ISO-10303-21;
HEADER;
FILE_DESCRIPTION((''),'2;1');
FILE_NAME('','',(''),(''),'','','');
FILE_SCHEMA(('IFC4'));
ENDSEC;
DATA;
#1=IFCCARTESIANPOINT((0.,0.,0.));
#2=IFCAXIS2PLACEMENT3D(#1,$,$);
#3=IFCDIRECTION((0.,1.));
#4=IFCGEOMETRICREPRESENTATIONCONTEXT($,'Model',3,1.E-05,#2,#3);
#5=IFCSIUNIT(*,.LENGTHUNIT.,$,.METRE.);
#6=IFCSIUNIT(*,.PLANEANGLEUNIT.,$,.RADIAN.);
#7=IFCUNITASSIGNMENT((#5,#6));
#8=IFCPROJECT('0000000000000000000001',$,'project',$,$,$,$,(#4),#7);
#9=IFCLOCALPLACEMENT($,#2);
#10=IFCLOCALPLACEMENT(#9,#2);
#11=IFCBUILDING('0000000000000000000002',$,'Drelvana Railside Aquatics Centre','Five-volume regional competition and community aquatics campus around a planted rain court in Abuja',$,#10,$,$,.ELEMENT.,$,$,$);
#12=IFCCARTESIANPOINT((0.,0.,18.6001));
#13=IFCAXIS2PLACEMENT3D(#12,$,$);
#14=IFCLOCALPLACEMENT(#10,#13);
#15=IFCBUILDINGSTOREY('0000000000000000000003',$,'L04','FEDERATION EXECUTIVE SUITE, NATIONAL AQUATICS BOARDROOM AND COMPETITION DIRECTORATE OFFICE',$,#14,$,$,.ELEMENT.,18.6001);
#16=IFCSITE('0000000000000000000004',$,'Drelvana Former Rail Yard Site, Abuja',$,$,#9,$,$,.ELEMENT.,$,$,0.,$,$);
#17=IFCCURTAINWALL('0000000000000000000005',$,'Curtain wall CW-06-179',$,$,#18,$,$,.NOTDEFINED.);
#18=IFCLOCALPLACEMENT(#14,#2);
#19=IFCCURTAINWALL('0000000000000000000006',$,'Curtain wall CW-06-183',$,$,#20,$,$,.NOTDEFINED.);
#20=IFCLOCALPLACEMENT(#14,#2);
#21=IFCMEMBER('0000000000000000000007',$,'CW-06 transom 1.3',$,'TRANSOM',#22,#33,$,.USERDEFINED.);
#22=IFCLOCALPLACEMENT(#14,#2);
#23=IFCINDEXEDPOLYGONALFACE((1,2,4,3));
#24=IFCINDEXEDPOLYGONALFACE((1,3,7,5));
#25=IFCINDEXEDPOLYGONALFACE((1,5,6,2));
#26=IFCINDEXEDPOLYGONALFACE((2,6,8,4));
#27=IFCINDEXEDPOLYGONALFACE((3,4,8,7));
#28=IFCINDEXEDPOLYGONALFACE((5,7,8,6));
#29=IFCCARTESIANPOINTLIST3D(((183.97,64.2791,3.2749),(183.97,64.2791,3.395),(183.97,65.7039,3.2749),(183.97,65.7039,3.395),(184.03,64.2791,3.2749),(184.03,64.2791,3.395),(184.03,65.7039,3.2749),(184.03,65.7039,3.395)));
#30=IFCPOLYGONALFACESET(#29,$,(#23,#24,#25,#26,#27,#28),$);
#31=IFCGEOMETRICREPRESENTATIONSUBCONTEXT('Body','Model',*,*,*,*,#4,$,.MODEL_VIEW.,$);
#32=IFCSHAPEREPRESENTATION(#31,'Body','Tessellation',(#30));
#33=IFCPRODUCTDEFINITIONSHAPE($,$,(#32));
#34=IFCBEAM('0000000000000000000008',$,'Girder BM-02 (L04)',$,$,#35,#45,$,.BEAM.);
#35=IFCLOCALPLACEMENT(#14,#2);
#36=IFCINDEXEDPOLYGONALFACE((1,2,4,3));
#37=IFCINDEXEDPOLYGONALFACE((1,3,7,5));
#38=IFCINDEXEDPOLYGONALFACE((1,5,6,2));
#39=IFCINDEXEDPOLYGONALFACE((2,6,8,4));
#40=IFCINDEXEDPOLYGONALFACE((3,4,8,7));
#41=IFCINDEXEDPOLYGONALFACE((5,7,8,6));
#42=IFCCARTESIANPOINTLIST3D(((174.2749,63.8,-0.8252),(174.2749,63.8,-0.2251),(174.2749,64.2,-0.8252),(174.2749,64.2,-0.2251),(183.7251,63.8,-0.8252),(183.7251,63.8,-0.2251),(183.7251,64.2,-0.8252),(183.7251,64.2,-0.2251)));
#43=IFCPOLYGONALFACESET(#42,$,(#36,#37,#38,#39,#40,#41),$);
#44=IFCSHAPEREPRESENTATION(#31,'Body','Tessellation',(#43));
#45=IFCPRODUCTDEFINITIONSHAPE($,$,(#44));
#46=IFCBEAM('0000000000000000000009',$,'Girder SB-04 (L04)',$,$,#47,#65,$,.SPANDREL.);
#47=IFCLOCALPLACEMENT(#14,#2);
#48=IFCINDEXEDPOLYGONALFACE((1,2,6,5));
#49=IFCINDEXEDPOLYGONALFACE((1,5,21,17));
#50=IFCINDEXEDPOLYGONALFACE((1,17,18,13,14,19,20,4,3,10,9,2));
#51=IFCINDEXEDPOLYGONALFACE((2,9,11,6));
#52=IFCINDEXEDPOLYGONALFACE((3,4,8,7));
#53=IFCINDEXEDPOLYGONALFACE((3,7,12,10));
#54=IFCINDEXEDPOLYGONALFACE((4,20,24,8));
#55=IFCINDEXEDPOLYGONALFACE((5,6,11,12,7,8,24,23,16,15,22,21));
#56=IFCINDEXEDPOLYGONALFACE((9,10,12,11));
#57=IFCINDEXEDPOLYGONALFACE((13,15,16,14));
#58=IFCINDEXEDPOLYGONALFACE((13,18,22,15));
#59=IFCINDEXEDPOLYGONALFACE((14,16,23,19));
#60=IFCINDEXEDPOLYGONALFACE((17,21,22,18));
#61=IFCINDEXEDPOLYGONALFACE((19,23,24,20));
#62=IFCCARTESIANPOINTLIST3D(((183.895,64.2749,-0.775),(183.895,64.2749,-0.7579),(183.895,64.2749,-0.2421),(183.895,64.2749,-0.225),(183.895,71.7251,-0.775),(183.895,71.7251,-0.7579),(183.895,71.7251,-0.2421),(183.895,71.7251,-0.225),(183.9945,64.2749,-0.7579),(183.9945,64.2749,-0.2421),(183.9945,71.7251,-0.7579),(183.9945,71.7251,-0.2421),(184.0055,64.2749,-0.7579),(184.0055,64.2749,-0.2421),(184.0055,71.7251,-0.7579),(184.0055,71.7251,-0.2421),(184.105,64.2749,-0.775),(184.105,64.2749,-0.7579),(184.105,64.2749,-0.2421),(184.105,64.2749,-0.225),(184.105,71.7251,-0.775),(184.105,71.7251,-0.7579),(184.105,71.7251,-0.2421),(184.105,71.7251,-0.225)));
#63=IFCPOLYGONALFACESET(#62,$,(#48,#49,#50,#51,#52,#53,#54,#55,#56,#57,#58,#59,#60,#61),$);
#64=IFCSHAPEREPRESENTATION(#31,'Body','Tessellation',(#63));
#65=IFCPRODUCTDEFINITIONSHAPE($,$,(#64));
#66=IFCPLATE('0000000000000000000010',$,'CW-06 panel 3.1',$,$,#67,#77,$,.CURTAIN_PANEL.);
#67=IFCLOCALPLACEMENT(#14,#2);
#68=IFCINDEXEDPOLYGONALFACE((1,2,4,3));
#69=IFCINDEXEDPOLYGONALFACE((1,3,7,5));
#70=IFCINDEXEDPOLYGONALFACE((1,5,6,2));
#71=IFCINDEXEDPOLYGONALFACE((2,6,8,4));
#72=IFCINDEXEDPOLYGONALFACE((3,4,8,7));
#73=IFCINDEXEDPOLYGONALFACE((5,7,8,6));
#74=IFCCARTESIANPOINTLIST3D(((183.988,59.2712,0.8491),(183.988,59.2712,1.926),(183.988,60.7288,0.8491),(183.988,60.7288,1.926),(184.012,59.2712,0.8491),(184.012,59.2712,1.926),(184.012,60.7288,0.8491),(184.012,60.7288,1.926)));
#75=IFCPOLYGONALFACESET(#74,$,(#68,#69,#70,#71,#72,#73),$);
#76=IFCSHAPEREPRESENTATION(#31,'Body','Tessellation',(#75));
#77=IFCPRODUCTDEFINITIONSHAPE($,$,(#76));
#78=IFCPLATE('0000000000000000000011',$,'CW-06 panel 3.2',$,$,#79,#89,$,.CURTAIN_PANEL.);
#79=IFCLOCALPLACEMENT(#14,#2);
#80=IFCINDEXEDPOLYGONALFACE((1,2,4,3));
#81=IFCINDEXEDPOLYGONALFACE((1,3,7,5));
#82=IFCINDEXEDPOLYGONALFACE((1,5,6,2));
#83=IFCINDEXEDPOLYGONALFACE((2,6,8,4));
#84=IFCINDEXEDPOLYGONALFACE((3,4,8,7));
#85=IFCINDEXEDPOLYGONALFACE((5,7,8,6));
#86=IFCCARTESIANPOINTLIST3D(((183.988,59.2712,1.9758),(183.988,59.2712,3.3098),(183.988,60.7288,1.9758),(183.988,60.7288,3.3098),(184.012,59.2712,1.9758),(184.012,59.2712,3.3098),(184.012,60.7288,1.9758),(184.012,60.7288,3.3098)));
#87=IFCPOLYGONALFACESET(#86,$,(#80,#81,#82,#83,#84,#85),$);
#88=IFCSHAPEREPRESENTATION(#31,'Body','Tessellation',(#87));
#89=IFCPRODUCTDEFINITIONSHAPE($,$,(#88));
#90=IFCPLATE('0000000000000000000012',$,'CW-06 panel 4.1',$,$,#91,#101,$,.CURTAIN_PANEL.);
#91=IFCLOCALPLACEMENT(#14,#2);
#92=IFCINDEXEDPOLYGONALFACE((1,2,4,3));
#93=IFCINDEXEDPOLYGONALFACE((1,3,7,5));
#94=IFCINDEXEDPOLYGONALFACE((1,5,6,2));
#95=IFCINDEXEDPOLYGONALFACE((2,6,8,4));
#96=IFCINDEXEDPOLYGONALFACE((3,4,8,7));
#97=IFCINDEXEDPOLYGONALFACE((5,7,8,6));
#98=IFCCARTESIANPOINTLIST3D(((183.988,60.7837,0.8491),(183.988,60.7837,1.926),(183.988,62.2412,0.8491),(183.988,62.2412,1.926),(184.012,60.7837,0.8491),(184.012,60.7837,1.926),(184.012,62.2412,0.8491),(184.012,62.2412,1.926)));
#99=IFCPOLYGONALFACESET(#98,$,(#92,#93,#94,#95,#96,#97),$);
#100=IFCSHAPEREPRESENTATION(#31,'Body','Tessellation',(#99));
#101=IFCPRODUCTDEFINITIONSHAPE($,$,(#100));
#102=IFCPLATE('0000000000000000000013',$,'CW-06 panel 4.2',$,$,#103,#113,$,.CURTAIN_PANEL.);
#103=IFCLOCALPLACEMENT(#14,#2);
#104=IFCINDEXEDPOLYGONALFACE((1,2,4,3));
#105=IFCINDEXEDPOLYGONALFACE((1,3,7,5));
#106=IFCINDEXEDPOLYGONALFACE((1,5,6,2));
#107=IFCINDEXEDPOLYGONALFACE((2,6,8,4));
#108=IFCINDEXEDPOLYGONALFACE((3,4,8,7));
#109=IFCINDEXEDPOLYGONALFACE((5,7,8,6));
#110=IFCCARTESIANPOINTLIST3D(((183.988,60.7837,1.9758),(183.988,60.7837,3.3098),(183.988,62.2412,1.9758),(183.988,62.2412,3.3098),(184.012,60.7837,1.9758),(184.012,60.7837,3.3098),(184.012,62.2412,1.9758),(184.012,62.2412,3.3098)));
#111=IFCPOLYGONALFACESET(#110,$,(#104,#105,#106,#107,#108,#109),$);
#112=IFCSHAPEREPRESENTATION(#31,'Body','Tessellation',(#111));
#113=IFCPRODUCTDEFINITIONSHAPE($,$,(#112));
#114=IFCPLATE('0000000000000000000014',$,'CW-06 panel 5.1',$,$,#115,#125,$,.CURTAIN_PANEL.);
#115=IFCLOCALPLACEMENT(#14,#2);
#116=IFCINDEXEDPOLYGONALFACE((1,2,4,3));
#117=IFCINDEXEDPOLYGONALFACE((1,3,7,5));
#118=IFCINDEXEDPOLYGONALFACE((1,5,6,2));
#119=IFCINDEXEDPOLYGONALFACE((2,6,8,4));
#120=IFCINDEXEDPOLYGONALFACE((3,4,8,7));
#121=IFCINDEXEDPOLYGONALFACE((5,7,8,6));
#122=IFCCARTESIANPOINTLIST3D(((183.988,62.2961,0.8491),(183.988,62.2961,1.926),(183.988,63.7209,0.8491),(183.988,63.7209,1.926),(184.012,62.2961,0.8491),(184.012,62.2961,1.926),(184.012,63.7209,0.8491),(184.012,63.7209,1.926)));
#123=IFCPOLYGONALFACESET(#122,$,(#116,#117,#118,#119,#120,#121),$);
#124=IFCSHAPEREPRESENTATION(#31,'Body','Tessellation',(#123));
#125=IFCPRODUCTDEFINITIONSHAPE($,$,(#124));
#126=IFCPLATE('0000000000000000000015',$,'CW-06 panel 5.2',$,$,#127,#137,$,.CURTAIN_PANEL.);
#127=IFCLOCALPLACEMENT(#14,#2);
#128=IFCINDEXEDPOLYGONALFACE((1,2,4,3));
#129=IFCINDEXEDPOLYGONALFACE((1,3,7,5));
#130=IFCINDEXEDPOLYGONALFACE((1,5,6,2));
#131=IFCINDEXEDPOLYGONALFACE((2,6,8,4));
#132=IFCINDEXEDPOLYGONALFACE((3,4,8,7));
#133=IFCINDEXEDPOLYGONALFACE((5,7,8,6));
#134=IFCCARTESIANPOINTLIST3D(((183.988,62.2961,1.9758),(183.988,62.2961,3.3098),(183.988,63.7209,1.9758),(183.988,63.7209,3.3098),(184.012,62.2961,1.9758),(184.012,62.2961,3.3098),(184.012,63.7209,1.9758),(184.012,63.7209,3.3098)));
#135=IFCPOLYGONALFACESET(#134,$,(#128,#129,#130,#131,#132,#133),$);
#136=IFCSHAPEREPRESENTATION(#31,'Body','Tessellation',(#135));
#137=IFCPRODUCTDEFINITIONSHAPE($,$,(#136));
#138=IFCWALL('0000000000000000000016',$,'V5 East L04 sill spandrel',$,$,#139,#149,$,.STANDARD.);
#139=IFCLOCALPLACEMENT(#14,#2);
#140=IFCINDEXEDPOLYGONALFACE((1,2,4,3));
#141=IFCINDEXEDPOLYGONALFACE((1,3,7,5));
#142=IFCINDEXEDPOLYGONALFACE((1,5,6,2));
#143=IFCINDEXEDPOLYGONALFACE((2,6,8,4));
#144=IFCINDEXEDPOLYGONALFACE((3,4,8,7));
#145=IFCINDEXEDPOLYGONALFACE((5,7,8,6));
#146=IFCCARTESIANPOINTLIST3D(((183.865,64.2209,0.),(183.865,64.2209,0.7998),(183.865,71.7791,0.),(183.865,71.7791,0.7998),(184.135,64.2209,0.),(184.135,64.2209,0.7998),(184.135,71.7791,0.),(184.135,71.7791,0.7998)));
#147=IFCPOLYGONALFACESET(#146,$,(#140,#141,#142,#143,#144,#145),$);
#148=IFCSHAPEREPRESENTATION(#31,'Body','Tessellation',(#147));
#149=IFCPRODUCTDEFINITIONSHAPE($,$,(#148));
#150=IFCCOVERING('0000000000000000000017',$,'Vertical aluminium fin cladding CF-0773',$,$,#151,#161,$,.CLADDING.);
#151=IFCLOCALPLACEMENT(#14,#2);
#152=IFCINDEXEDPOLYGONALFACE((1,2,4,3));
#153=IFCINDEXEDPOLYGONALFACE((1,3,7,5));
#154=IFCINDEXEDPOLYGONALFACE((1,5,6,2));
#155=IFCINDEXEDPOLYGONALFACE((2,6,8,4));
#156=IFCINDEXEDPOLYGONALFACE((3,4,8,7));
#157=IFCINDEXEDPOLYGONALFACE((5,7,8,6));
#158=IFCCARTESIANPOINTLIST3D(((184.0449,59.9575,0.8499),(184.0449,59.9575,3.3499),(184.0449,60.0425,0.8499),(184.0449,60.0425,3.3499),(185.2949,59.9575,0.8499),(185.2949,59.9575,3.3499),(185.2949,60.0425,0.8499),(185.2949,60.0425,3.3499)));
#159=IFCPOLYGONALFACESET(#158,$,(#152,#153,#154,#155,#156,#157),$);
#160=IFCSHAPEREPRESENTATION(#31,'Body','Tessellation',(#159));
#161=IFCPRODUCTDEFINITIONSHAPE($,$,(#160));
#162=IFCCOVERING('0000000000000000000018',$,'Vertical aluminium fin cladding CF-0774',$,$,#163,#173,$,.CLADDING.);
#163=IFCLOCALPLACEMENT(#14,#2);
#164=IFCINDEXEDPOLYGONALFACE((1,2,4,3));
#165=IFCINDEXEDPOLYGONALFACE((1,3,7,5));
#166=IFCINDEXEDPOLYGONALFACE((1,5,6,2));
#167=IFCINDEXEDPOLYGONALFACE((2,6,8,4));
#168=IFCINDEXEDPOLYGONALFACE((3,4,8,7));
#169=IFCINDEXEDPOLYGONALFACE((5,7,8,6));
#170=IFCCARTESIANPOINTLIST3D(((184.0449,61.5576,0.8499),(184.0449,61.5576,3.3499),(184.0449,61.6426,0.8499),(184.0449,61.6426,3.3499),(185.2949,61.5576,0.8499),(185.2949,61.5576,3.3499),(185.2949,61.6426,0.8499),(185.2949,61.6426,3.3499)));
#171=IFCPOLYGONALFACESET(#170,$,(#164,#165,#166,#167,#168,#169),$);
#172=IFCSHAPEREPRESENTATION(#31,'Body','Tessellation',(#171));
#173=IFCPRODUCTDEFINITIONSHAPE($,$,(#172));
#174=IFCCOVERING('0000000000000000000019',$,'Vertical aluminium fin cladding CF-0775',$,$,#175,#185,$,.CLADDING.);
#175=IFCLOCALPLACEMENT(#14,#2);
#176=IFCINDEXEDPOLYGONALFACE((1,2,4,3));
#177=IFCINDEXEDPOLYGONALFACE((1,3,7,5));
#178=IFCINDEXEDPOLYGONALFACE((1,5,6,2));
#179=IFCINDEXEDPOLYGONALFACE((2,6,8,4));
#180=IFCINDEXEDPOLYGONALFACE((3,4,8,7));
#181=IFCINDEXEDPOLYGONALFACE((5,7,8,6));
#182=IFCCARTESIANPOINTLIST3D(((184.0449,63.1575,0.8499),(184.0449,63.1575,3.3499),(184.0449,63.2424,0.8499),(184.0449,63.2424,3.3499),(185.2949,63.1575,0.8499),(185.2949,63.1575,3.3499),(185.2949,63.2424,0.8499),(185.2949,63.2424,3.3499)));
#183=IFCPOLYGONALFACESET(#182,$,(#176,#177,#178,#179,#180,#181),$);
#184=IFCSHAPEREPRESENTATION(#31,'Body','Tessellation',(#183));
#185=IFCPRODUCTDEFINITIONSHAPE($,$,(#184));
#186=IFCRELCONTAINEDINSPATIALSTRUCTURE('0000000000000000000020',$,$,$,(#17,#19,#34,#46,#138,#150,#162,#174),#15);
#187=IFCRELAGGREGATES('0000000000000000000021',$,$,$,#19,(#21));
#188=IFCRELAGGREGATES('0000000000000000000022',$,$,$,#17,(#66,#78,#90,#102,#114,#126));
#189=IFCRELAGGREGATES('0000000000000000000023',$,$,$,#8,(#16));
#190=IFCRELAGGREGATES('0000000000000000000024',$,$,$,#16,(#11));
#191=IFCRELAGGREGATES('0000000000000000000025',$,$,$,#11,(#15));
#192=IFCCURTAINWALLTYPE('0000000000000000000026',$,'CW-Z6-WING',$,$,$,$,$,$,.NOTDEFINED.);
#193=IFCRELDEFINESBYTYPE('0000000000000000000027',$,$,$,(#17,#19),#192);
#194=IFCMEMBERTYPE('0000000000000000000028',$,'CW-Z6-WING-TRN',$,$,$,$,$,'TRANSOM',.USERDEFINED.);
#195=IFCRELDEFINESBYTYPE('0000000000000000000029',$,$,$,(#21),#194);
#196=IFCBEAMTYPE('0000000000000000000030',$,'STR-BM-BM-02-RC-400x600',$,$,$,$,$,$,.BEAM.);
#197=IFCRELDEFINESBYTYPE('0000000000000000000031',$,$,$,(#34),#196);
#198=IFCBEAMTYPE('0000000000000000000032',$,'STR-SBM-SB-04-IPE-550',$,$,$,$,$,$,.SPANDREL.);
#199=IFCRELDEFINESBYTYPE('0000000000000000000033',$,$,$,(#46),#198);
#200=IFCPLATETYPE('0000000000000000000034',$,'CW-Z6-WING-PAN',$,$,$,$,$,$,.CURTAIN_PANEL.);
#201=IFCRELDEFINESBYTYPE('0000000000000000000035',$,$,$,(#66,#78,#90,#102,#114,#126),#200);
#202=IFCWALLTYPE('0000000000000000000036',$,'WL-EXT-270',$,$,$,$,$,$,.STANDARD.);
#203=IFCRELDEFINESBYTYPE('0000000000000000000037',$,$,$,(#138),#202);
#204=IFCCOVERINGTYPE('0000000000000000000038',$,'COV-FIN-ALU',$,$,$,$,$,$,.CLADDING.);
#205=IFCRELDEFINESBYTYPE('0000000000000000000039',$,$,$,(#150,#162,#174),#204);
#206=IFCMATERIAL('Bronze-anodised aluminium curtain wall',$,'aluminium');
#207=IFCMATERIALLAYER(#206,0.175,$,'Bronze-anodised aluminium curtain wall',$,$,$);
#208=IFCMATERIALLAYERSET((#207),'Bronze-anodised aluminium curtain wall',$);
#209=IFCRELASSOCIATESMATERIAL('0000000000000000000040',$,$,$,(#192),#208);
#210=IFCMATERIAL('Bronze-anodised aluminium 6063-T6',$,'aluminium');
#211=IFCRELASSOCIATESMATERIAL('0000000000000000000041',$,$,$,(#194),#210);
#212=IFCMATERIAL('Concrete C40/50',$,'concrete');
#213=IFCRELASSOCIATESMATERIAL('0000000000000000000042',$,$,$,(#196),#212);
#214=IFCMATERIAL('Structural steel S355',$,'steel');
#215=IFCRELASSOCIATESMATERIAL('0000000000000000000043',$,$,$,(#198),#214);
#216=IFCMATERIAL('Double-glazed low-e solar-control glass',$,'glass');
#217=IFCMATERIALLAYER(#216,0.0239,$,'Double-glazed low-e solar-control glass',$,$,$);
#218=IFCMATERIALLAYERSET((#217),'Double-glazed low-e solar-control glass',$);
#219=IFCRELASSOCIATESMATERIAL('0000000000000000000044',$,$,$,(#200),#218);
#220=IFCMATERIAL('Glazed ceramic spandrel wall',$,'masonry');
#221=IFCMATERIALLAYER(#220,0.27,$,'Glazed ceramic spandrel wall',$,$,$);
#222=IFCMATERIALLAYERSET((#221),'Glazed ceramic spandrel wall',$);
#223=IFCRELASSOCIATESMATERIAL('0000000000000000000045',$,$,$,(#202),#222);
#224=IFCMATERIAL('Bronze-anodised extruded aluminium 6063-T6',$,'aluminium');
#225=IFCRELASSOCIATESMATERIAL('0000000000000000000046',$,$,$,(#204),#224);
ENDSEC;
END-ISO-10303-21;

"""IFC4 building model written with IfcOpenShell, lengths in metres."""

from ifc_helpers import new_model, si_unit, direction, frame, frame_2d, origin, origin_2d, place, context, subcontext, project, spatial, rectangle, i_section, extrude, material, layer, layer_set, material_profile, profile_set, type_object, element, aggregate, save


model = new_model("IFC4")

# Units and contexts
model_context = context("Model", 3, precision=1e-05, world=origin(), true_north=direction((0.0, 1.0)))
body_context = subcontext(model_context, "Body", "Model", "MODEL_VIEW")
ifc_project = project(units=[si_unit("LENGTHUNIT", "METRE"), si_unit("PLANEANGLEUNIT", "RADIAN")], contexts=[model_context])

# Site, building, storey
site_placement = place(None, origin())
site = spatial("IfcSite", under=ifc_project, at=site_placement, Name="Drelvana Former Rail Yard Site, Abuja", CompositionType="ELEMENT", RefElevation=0.0)
building_placement = place(site_placement, origin())
building = spatial("IfcBuilding", under=site, at=building_placement, Name="Drelvana Railside Aquatics Centre", Description="Five-volume regional competition and community aquatics campus around a planted rain court in Abuja", CompositionType="ELEMENT")
storey_placement = place(building_placement, frame((0.0, 0.0, 18.6001)))
storey = spatial("IfcBuildingStorey", under=building, at=storey_placement, Name="L04", Description="FEDERATION EXECUTIVE SUITE, NATIONAL AQUATICS BOARDROOM AND COMPETITION DIRECTORATE OFFICE", CompositionType="ELEMENT", Elevation=18.6001)

# Shared definitions
ifc_material_1 = material(Name="Concrete C40/50", Category="concrete")

# Curtain wall
ifc_material_2 = material(Name="Bronze-anodised aluminium curtain wall", Category="aluminium")
ifc_layer_1 = layer(ifc_material_2, 0.175, Name="Bronze-anodised aluminium curtain wall")
ifc_layer_set_1 = layer_set([ifc_layer_1], Name="Bronze-anodised aluminium curtain wall")
curtain_wall_type = type_object("IfcCurtainWallType", Name="CW-Z6-WING", PredefinedType="NOTDEFINED", material=ifc_layer_set_1)
curtain_wall_1_placement = place(storey_placement, origin())
curtain_wall_1 = element("IfcCurtainWall", 1, at=curtain_wall_1_placement, inside=storey, type_object=curtain_wall_type, Name="Curtain wall CW-06-179", PredefinedType="NOTDEFINED")
ifc_material_3 = material(Name="Bronze-anodised aluminium 6063-T6", Category="aluminium")

# Curtain wall
curtain_wall_2_placement = place(storey_placement, origin())
curtain_wall_2 = element("IfcCurtainWall", 2, at=curtain_wall_2_placement, inside=storey, type_object=curtain_wall_type, Name="Curtain wall CW-06-183", PredefinedType="NOTDEFINED")

# Member
ifc_material_profile_1 = material_profile(ifc_material_3, rectangle(XDim=0.1201, YDim=0.0601, at=origin_2d()), Name="ALU-T 60x120")
ifc_profile_set_1 = profile_set([ifc_material_profile_1], Name="Bronze-anodised aluminium 6063-T6")
member_type_1 = type_object("IfcMemberType", Name="CW-Z6-WING-TRN", ElementType="TRANSOM", PredefinedType="USERDEFINED", material=ifc_profile_set_1)
member_1_placement = place(storey_placement, frame((184.0, 64.2791, 3.335), z_axis=(0.0, 1.0, 0.0), x_axis=(0.0, 0.0, 1.0)))
member_1 = element("IfcMember", 3, at=member_1_placement, type_object=member_type_1, Name="CW-06 transom 1.3", ObjectType="TRANSOM", PredefinedType="USERDEFINED", context=body_context, shape_type="SweptSolid", body=[
    extrude(rectangle(XDim=0.1201, YDim=0.0601, at=origin_2d()), origin(), (0.0, 0.0, 1.0), 1.4248),
])
aggregate(curtain_wall_2, [member_1])

# Beams
ifc_material_profile_2 = material_profile(ifc_material_1, rectangle(XDim=0.3999, YDim=0.6001, at=origin_2d()), Name="RC 400x600")
ifc_profile_set_2 = profile_set([ifc_material_profile_2], Name="Concrete C40/50")
beam_type_1 = type_object("IfcBeamType", Name="STR-BM-BM-02-RC-400x600", PredefinedType="BEAM", material=ifc_profile_set_2)
beam_1_placement = place(storey_placement, frame((174.2749, 64.0, -0.5251), z_axis=(1.0, 0.0, 0.0), x_axis=(0.0, 1.0, 0.0)))
element("IfcBeam", 4, at=beam_1_placement, inside=storey, type_object=beam_type_1, Name="Girder BM-02 (L04)", PredefinedType="BEAM", context=body_context, shape_type="SweptSolid", body=[
    extrude(rectangle(XDim=0.3999, YDim=0.6001, at=origin_2d()), origin(), (0.0, 0.0, 1.0), 9.4502),
])
ifc_material_4 = material(Name="Structural steel S355", Category="steel")
ifc_material_profile_3 = material_profile(ifc_material_4, i_section(OverallWidth=0.21, OverallDepth=0.55, WebThickness=0.011, FlangeThickness=0.0171, at=origin_2d()), Name="IPE 550")
ifc_profile_set_3 = profile_set([ifc_material_profile_3], Name="Structural steel S355")
beam_type_2 = type_object("IfcBeamType", Name="STR-SBM-SB-04-IPE-550", PredefinedType="SPANDREL", material=ifc_profile_set_3)
beam_2_placement = place(storey_placement, frame((184.0, 64.2749, -0.5), z_axis=(0.0, 1.0, 0.0), x_axis=(-1.0, 0.0, 0.0)))
element("IfcBeam", 5, at=beam_2_placement, inside=storey, type_object=beam_type_2, Name="Girder SB-04 (L04)", PredefinedType="SPANDREL", context=body_context, shape_type="SweptSolid", body=[
    extrude(i_section(OverallWidth=0.21, OverallDepth=0.55, WebThickness=0.011, FlangeThickness=0.0171, at=origin_2d()), origin(), (0.0, 0.0, 1.0), 7.4502),
])

# Plates
ifc_material_5 = material(Name="Double-glazed low-e solar-control glass", Category="glass")
ifc_layer_2 = layer(ifc_material_5, 0.0239, Name="Double-glazed low-e solar-control glass")
ifc_layer_set_2 = layer_set([ifc_layer_2], Name="Double-glazed low-e solar-control glass")
plate_type = type_object("IfcPlateType", Name="CW-Z6-WING-PAN", PredefinedType="CURTAIN_PANEL", material=ifc_layer_set_2)
plate_1_placement = place(storey_placement, frame((184.0, 60.0, 0.8491), z_axis=(0.0, 0.0, 1.0), x_axis=(0.0, 1.0, 0.0)))
plate_1 = element("IfcPlate", 6, at=plate_1_placement, type_object=plate_type, Name="CW-06 panel 3.1", PredefinedType="CURTAIN_PANEL", context=body_context, shape_type="SweptSolid", body=[
    extrude(rectangle(XDim=1.4575, YDim=0.0239, at=origin_2d()), origin(), (0.0, 0.0, 1.0), 1.0769),
])
plate_2_placement = place(storey_placement, frame((184.0, 60.0, 1.9758), z_axis=(0.0, 0.0, 1.0), x_axis=(0.0, 1.0, 0.0)))
plate_2 = element("IfcPlate", 7, at=plate_2_placement, type_object=plate_type, Name="CW-06 panel 3.2", PredefinedType="CURTAIN_PANEL", context=body_context, shape_type="SweptSolid", body=[
    extrude(rectangle(XDim=1.4575, YDim=0.0239, at=origin_2d()), origin(), (0.0, 0.0, 1.0), 1.334),
])
plate_3_placement = place(storey_placement, frame((184.0, 61.5125, 0.8491), z_axis=(0.0, 0.0, 1.0), x_axis=(0.0, 1.0, 0.0)))
plate_3 = element("IfcPlate", 8, at=plate_3_placement, type_object=plate_type, Name="CW-06 panel 4.1", PredefinedType="CURTAIN_PANEL", context=body_context, shape_type="SweptSolid", body=[
    extrude(rectangle(XDim=1.4575, YDim=0.0239, at=origin_2d()), origin(), (0.0, 0.0, 1.0), 1.0769),
])
plate_4_placement = place(storey_placement, frame((184.0, 61.5125, 1.9758), z_axis=(0.0, 0.0, 1.0), x_axis=(0.0, 1.0, 0.0)))
plate_4 = element("IfcPlate", 9, at=plate_4_placement, type_object=plate_type, Name="CW-06 panel 4.2", PredefinedType="CURTAIN_PANEL", context=body_context, shape_type="SweptSolid", body=[
    extrude(rectangle(XDim=1.4575, YDim=0.0239, at=origin_2d()), origin(), (0.0, 0.0, 1.0), 1.334),
])
plate_5_placement = place(storey_placement, frame((184.0, 63.0085, 0.8491), z_axis=(0.0, 0.0, 1.0), x_axis=(0.0, 1.0, 0.0)))
plate_5 = element("IfcPlate", 10, at=plate_5_placement, type_object=plate_type, Name="CW-06 panel 5.1", PredefinedType="CURTAIN_PANEL", context=body_context, shape_type="SweptSolid", body=[
    extrude(rectangle(XDim=1.4248, YDim=0.0239, at=origin_2d()), origin(), (0.0, 0.0, 1.0), 1.0769),
])
plate_6_placement = place(storey_placement, frame((184.0, 63.0085, 1.9758), z_axis=(0.0, 0.0, 1.0), x_axis=(0.0, 1.0, 0.0)))
plate_6 = element("IfcPlate", 11, at=plate_6_placement, type_object=plate_type, Name="CW-06 panel 5.2", PredefinedType="CURTAIN_PANEL", context=body_context, shape_type="SweptSolid", body=[
    extrude(rectangle(XDim=1.4248, YDim=0.0239, at=origin_2d()), origin(), (0.0, 0.0, 1.0), 1.334),
])
aggregate(curtain_wall_1, [plate_1, plate_2, plate_3, plate_4, plate_5, plate_6])

# Wall
ifc_material_6 = material(Name="Glazed ceramic spandrel wall", Category="masonry")
ifc_layer_3 = layer(ifc_material_6, 0.27, Name="Glazed ceramic spandrel wall")
ifc_layer_set_3 = layer_set([ifc_layer_3], Name="Glazed ceramic spandrel wall")
wall_type = type_object("IfcWallType", Name="WL-EXT-270", PredefinedType="STANDARD", material=ifc_layer_set_3)
wall_placement = place(storey_placement, frame((184.0, 64.2209, 0.0), z_axis=(0.0, 0.0, 1.0), x_axis=(0.0, 1.0, 0.0)))
element("IfcWall", 12, at=wall_placement, inside=storey, type_object=wall_type, Name="V5 East L04 sill spandrel", PredefinedType="STANDARD", context=body_context, shape_type="SweptSolid", body=[
    extrude(rectangle(XDim=7.5581, YDim=0.27, at=frame_2d((3.7791, 0.0))), origin(), (0.0, 0.0, 1.0), 0.7998),
])

# Coverings
ifc_material_7 = material(Name="Bronze-anodised extruded aluminium 6063-T6", Category="aluminium")
covering_type = type_object("IfcCoveringType", Name="COV-FIN-ALU", PredefinedType="CLADDING", material=ifc_material_7)
for number, where, z_axis, x_axis, name in (
    (13, (184.6699, 60.0, 0.8499), (0.0, 0.0, 1.0), (0.0, -1.0, 0.0), "Vertical aluminium fin cladding CF-0773"),
    (14, (184.6699, 61.6001, 0.8499), (0.0, 0.0, 1.0), (0.0, -1.0, 0.0), "Vertical aluminium fin cladding CF-0774"),
    (15, (184.6699, 63.2, 0.8499), (0.0, 0.0, 1.0), (0.0, -1.0, 0.0), "Vertical aluminium fin cladding CF-0775"),
):
    element("IfcCovering", number, at=place(storey_placement, frame(where, z_axis=z_axis, x_axis=x_axis)), inside=storey, type_object=covering_type, Name=name, PredefinedType="CLADDING", context=body_context, shape_type="SweptSolid", body=[
        extrude(rectangle(XDim=0.085, YDim=1.25, at=origin_2d()), origin(), (0.0, 0.0, 1.0), 2.5),
    ])

save(model, "model.ifc")
